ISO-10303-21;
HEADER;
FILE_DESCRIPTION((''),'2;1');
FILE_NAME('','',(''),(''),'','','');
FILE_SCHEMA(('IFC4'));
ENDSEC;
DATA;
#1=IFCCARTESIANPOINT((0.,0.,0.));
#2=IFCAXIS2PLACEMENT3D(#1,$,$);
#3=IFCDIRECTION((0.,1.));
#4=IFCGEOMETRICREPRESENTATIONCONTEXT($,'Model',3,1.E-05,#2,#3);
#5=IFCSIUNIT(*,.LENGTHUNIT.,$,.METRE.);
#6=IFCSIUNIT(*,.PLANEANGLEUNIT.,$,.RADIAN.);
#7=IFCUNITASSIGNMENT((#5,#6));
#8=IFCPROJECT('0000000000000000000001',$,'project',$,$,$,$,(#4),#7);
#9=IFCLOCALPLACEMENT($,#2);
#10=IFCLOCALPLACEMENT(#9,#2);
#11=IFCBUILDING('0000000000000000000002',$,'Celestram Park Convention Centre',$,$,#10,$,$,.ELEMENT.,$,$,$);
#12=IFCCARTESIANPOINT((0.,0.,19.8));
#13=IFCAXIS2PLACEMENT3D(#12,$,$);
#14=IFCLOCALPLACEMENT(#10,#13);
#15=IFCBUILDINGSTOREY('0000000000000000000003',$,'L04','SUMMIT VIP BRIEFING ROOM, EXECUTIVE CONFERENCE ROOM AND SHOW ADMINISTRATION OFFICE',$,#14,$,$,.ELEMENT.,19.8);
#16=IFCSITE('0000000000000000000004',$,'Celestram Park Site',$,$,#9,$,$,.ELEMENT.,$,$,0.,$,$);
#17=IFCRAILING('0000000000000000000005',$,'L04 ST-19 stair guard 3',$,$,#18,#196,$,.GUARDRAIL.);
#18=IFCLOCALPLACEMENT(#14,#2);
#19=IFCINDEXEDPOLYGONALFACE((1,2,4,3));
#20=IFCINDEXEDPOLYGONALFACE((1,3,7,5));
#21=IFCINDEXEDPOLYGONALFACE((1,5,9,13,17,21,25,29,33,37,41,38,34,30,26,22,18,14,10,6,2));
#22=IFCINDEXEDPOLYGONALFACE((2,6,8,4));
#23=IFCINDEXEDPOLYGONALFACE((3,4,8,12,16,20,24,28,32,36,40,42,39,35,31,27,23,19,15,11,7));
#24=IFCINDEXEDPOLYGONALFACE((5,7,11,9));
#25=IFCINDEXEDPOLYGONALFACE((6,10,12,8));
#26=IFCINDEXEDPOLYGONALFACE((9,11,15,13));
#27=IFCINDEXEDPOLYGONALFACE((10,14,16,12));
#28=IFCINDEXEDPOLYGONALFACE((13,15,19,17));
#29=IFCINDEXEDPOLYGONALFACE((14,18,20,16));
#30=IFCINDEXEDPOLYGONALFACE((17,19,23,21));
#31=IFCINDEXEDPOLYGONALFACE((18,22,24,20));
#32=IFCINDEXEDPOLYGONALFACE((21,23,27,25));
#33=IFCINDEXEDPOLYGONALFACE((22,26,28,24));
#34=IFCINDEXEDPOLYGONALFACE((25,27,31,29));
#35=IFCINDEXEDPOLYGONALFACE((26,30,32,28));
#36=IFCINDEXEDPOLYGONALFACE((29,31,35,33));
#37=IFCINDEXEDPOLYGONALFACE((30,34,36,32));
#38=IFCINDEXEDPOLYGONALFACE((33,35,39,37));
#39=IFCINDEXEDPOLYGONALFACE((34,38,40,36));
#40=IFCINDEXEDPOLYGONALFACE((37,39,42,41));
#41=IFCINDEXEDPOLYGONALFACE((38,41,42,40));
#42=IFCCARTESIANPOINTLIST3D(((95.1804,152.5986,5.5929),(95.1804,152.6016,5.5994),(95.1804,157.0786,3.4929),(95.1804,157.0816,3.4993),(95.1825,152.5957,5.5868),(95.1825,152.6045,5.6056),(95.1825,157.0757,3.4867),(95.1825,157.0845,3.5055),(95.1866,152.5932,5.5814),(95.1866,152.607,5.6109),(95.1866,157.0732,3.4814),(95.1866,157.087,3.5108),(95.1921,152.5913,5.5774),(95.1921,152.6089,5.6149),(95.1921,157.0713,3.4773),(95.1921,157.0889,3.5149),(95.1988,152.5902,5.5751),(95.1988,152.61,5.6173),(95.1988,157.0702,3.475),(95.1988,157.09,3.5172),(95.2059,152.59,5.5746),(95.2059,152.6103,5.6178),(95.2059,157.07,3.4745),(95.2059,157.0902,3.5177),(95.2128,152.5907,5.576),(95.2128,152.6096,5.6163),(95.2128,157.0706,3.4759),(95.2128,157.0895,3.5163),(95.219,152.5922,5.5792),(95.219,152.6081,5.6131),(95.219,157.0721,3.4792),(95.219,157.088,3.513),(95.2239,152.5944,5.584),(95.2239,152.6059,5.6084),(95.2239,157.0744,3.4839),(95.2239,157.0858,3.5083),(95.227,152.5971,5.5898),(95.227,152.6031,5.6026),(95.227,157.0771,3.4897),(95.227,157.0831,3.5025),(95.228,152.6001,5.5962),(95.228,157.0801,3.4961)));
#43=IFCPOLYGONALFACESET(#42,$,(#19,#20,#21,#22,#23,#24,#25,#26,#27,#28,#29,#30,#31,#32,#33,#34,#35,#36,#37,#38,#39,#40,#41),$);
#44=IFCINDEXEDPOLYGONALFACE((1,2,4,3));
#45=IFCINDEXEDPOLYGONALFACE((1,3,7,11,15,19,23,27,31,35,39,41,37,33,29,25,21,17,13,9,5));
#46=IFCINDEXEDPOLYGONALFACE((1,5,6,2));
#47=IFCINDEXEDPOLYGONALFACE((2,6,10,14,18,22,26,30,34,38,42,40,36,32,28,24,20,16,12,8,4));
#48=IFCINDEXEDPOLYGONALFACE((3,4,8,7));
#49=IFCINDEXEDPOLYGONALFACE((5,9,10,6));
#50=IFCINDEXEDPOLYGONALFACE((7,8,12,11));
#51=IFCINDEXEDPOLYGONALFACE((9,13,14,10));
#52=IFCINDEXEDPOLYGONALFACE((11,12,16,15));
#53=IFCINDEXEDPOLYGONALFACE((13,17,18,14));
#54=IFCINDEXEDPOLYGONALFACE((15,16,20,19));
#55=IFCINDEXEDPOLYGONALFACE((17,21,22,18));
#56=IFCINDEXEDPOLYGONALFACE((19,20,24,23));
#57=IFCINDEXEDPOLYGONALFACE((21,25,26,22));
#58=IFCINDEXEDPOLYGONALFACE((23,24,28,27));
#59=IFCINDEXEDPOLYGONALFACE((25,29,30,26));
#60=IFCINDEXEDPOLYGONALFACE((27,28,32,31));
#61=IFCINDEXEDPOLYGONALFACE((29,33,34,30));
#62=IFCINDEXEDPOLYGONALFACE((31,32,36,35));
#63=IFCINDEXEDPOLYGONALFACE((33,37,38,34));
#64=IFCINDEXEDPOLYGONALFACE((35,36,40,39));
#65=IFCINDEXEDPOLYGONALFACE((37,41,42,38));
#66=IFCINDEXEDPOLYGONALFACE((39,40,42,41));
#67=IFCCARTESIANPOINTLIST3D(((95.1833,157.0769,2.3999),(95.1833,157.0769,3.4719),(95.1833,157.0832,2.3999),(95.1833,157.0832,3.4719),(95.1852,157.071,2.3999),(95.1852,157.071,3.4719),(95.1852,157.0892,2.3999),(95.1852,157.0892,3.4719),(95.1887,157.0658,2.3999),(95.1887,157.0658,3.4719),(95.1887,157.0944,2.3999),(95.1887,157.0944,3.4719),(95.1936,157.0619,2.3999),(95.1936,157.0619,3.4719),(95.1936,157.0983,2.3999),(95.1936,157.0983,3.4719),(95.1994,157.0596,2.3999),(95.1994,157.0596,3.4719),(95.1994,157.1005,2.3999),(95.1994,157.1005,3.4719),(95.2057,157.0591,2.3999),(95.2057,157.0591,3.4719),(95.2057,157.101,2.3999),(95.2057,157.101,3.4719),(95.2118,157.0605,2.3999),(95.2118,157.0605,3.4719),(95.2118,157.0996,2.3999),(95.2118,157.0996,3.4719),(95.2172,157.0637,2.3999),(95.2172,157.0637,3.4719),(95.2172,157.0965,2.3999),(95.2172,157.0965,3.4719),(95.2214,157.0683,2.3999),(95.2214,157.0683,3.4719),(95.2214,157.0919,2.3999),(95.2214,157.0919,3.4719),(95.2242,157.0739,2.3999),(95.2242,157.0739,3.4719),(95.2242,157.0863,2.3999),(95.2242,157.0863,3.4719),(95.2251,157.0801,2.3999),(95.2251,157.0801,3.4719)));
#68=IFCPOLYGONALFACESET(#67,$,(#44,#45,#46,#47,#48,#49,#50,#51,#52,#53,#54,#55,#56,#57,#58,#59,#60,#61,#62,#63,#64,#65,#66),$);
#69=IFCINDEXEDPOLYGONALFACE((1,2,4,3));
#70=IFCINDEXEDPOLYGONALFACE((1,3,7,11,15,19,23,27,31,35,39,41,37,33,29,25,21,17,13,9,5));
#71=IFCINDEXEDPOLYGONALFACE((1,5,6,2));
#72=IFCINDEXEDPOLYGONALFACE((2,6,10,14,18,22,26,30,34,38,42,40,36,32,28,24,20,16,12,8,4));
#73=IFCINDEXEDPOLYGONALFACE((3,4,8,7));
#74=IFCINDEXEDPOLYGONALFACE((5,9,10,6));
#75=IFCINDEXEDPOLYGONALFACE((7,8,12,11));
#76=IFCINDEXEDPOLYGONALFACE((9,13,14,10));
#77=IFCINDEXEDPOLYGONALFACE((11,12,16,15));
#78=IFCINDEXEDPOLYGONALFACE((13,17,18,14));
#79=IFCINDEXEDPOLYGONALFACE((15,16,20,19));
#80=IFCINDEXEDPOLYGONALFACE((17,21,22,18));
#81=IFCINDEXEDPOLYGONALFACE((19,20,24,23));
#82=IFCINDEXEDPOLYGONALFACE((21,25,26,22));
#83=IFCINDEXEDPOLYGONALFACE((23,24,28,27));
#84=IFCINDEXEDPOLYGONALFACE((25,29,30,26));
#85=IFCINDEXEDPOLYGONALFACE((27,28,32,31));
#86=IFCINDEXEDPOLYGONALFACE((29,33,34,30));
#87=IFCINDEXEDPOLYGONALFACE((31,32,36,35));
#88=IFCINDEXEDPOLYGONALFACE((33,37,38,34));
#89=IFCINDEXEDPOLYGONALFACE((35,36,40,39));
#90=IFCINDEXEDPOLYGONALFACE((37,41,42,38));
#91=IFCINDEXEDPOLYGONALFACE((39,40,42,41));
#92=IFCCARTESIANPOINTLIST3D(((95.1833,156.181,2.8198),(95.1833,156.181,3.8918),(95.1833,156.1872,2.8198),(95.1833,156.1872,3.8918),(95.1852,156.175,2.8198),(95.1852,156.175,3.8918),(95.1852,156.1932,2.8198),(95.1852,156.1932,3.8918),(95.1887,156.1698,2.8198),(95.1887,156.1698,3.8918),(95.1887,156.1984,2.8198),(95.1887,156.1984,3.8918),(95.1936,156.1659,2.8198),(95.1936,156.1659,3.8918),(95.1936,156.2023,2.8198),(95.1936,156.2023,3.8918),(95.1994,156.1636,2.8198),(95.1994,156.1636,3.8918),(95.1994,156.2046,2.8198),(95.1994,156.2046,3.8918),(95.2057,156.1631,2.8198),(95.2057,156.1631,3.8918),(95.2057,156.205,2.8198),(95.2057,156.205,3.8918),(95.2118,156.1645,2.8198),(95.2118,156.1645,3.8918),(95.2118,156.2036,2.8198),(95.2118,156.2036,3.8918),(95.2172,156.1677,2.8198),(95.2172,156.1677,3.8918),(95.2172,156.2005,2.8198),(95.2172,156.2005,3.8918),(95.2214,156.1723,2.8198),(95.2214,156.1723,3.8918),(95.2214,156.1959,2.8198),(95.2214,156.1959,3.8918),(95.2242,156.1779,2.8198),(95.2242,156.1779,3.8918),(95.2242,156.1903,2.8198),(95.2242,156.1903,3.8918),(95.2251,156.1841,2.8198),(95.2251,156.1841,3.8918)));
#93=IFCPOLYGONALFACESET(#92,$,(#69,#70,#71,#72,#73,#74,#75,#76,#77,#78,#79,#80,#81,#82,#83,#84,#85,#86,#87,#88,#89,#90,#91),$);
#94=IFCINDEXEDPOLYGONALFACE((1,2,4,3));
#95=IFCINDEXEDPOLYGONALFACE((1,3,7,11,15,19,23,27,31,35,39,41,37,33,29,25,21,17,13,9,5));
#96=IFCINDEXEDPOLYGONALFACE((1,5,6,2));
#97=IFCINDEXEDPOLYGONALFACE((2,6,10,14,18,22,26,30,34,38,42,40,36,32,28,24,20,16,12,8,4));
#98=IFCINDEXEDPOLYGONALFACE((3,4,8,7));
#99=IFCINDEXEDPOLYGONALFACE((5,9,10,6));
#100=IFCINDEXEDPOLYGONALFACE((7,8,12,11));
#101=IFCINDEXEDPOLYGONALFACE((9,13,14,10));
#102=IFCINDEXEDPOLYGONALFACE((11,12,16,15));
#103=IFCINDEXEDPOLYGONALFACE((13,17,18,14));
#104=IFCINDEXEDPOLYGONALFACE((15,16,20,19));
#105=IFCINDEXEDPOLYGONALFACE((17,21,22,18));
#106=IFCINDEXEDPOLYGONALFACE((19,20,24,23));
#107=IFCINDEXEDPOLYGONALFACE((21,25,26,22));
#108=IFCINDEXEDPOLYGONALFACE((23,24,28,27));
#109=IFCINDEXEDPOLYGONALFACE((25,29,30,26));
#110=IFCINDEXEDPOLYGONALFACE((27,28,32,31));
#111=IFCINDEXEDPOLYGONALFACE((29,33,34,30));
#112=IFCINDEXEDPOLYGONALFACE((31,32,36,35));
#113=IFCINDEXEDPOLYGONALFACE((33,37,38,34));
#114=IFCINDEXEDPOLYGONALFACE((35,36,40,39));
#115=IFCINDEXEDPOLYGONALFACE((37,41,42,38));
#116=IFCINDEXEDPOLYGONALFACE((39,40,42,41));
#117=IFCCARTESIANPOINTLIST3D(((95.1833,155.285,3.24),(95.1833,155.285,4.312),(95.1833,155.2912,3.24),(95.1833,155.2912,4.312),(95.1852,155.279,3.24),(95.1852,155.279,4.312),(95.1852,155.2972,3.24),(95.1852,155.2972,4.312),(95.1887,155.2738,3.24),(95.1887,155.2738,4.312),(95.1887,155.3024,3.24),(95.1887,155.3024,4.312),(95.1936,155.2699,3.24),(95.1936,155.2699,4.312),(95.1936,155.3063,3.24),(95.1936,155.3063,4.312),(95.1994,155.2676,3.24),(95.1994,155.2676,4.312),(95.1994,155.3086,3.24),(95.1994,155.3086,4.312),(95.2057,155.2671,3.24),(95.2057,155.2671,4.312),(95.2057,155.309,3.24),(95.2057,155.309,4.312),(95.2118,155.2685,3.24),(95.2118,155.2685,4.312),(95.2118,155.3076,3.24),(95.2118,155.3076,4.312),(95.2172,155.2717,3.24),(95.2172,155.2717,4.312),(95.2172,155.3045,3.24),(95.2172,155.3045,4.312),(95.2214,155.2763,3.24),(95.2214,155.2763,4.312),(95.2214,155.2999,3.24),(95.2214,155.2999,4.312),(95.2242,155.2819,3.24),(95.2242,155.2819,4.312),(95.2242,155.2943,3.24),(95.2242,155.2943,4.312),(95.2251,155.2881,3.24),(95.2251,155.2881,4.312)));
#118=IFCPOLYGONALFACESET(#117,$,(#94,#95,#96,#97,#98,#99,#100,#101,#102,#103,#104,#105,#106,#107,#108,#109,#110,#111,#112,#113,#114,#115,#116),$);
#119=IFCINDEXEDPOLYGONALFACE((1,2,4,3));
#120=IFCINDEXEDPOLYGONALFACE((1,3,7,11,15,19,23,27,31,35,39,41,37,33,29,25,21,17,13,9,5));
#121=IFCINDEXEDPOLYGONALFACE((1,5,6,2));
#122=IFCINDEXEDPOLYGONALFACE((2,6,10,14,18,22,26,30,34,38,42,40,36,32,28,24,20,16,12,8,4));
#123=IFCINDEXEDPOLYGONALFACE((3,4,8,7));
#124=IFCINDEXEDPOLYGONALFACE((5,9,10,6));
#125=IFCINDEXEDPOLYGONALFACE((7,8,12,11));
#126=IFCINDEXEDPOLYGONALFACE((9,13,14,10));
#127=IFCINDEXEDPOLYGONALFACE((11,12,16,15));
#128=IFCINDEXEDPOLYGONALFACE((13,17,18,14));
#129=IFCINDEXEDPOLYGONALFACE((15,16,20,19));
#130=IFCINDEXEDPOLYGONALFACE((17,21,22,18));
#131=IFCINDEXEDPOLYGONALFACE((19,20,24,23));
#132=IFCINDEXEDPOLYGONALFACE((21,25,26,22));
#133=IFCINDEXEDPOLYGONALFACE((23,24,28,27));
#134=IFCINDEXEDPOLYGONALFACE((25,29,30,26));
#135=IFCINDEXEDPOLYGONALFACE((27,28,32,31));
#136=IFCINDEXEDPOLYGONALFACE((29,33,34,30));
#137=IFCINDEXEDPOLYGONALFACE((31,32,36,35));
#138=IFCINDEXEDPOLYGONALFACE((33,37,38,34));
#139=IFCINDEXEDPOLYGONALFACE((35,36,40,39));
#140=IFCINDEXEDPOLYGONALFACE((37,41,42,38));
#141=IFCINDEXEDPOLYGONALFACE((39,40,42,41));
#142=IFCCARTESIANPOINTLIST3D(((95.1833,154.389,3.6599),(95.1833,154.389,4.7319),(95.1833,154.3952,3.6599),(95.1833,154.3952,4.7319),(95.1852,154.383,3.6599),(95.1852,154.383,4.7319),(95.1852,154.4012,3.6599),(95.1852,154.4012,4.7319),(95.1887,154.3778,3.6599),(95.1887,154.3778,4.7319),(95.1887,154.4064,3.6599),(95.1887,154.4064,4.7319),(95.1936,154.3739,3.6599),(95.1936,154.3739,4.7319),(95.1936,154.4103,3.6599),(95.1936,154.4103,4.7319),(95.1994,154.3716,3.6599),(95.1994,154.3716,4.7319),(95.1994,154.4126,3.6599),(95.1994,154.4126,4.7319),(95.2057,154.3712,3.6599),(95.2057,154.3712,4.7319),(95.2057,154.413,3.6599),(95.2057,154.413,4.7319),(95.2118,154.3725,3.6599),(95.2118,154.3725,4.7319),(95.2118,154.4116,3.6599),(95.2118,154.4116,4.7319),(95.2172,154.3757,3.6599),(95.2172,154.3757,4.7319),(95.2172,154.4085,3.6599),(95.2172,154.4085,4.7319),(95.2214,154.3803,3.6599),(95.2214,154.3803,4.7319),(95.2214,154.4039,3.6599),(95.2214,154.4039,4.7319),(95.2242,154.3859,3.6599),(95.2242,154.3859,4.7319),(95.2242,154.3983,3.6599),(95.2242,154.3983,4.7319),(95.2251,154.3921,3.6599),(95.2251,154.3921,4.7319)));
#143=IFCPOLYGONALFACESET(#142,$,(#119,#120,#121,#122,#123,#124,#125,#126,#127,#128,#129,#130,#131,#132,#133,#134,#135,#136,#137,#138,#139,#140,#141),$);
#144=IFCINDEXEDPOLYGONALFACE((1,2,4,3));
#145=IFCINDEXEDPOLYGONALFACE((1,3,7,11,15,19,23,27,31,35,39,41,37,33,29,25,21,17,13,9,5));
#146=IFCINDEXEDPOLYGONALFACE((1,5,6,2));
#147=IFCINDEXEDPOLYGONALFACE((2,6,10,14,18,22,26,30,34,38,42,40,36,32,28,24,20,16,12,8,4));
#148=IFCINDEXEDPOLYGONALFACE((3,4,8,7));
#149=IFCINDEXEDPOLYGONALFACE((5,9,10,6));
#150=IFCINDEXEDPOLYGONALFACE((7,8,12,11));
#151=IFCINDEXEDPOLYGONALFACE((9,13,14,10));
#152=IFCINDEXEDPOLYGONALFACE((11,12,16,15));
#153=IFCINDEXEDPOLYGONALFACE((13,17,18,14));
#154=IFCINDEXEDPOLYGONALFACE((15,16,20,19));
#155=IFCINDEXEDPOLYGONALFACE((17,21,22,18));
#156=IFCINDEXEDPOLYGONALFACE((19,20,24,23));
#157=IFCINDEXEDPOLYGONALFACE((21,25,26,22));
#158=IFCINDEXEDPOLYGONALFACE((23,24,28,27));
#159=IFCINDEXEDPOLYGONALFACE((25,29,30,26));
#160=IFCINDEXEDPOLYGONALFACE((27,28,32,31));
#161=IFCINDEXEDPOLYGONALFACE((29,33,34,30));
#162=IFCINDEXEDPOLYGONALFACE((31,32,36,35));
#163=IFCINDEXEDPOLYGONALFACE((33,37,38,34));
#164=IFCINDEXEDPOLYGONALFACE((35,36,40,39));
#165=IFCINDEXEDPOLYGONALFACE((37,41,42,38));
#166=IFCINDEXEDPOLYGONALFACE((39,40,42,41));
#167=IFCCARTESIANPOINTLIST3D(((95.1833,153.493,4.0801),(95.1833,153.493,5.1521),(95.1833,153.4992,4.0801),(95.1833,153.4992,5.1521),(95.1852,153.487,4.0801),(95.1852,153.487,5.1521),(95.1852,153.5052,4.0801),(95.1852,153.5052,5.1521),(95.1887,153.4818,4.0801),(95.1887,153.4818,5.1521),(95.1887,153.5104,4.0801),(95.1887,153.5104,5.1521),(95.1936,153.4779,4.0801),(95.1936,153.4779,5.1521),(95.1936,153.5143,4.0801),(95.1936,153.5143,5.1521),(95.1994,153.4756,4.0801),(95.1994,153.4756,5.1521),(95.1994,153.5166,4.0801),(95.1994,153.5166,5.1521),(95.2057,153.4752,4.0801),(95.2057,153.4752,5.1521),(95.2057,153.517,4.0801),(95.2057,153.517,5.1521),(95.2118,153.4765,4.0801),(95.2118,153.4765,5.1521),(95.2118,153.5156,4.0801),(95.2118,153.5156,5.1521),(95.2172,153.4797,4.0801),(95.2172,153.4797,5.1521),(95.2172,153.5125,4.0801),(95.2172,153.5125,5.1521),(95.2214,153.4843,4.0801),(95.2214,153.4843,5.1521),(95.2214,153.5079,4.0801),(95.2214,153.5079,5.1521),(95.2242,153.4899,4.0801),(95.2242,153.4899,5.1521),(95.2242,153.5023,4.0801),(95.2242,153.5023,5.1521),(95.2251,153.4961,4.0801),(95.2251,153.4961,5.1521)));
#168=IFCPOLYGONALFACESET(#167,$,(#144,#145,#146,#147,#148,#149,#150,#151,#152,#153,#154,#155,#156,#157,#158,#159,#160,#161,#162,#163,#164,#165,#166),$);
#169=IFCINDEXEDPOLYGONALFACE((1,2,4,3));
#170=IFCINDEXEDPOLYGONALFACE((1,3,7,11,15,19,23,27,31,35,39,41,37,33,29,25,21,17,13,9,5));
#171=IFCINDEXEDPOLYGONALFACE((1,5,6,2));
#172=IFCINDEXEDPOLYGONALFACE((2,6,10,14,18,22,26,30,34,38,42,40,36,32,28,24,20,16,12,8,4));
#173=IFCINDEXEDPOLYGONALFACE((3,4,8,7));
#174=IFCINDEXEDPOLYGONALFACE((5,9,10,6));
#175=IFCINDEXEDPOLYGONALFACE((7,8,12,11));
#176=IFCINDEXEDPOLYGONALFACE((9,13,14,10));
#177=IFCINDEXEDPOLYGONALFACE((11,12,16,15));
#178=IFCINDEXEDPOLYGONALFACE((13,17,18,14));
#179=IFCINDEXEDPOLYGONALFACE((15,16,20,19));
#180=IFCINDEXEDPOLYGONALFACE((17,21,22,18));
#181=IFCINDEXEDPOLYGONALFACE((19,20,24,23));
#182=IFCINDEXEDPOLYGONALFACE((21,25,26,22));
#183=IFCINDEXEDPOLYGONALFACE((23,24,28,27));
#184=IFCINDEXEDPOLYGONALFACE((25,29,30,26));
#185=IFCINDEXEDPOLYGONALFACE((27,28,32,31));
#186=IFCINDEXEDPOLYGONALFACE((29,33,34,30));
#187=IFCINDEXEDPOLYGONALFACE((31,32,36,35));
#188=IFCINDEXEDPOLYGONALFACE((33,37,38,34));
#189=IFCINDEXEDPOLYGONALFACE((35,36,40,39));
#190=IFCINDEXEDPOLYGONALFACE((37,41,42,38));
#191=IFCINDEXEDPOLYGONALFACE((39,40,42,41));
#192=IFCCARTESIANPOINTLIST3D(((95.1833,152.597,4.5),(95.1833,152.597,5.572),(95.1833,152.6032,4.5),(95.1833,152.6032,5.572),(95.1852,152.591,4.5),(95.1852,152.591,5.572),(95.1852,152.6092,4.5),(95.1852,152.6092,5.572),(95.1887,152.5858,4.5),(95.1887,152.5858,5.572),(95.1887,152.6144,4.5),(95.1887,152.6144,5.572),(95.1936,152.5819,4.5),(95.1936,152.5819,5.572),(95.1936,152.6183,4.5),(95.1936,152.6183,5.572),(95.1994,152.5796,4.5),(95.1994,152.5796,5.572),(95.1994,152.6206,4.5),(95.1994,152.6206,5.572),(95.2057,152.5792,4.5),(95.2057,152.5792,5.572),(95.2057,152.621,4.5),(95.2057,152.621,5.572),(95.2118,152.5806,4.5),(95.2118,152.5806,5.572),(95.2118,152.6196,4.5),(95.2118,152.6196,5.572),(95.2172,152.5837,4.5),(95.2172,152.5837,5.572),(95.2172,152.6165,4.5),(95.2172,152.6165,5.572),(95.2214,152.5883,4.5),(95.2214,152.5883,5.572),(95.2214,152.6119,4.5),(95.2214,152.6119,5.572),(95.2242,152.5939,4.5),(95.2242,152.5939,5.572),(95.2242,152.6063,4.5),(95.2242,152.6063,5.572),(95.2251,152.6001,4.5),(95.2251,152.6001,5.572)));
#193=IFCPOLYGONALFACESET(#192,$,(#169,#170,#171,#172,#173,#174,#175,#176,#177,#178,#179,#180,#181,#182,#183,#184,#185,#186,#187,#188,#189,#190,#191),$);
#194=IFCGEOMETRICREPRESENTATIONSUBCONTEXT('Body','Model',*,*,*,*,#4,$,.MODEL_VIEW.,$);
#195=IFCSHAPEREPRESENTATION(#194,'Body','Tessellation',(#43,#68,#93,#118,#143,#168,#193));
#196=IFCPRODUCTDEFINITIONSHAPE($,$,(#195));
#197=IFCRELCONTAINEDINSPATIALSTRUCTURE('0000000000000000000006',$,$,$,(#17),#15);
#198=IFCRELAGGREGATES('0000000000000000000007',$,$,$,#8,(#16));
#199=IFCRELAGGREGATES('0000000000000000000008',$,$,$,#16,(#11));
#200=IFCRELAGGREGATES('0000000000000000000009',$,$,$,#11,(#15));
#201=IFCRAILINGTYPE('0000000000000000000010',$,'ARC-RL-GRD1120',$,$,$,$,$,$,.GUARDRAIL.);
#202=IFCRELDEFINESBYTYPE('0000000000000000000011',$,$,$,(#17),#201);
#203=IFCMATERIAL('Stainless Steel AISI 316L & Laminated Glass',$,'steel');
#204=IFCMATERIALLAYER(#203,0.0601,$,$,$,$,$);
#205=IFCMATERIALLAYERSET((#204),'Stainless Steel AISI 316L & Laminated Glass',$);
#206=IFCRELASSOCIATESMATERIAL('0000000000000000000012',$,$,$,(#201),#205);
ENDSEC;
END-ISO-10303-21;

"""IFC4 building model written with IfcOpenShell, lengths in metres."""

from ifc_helpers import new_model, si_unit, direction, frame, origin, origin_2d, place, context, subcontext, project, spatial, circle, extrude, material, layer, layer_set, type_object, element, save


model = new_model("IFC4")

# Units and contexts
model_context = context("Model", 3, precision=1e-05, world=origin(), true_north=direction((0.0, 1.0)))
body_context = subcontext(model_context, "Body", "Model", "MODEL_VIEW")
ifc_project = project(units=[si_unit("LENGTHUNIT", "METRE"), si_unit("PLANEANGLEUNIT", "RADIAN")], contexts=[model_context])

# Site, building, storey
site_placement = place(None, origin())
site = spatial("IfcSite", under=ifc_project, at=site_placement, Name="Celestram Park Site", CompositionType="ELEMENT", RefElevation=0.0)
building_placement = place(site_placement, origin())
building = spatial("IfcBuilding", under=site, at=building_placement, Name="Celestram Park Convention Centre", CompositionType="ELEMENT")
storey_placement = place(building_placement, frame((0.0, 0.0, 19.8)))
storey = spatial("IfcBuildingStorey", under=building, at=storey_placement, Name="L04", Description="SUMMIT VIP BRIEFING ROOM, EXECUTIVE CONFERENCE ROOM AND SHOW ADMINISTRATION OFFICE", CompositionType="ELEMENT", Elevation=19.8)

# Railing
ifc_material_1 = material(Name="Stainless Steel AISI 316L & Laminated Glass", Category="steel")
ifc_layer_1 = layer(ifc_material_1, 0.0601)
ifc_layer_set_1 = layer_set([ifc_layer_1], Name="Stainless Steel AISI 316L & Laminated Glass")
railing_type_1 = type_object("IfcRailingType", Name="ARC-RL-GRD1120", PredefinedType="GUARDRAIL", material=ifc_layer_set_1)
railing_1_placement = place(storey_placement, frame((95.2041, 157.0801, 2.3999)))
element("IfcRailing", 1, at=railing_1_placement, inside=storey, type_object=railing_type_1, Name="L04 ST-19 stair guard 3", PredefinedType="GUARDRAIL", context=body_context, shape_type="SweptSolid", body=[
    extrude(circle(Radius=0.0239, at=origin_2d()), frame((0.0, 0.0, 1.0962), z_axis=(0.0, -0.905451, 0.424452), x_axis=(1.0, 0.0, 0.0)), (0.0, 0.0, 1.0), 4.9478),
    extrude(circle(Radius=0.021, at=origin_2d()), origin(), (0.0, 0.0, 1.0), 1.072),
    extrude(circle(Radius=0.021, at=origin_2d()), frame((0.0, -0.896, 0.4199)), (0.0, 0.0, 1.0), 1.072),
    extrude(circle(Radius=0.021, at=origin_2d()), frame((0.0, -1.792, 0.8401)), (0.0, 0.0, 1.0), 1.072),
    extrude(circle(Radius=0.021, at=origin_2d()), frame((0.0, -2.688, 1.26)), (0.0, 0.0, 1.0), 1.072),
    extrude(circle(Radius=0.021, at=origin_2d()), frame((0.0, -3.584, 1.6802)), (0.0, 0.0, 1.0), 1.072),
    extrude(circle(Radius=0.021, at=origin_2d()), frame((0.0, -4.48, 2.1001)), (0.0, 0.0, 1.0), 1.072),
])

save(model, "model.ifc")
